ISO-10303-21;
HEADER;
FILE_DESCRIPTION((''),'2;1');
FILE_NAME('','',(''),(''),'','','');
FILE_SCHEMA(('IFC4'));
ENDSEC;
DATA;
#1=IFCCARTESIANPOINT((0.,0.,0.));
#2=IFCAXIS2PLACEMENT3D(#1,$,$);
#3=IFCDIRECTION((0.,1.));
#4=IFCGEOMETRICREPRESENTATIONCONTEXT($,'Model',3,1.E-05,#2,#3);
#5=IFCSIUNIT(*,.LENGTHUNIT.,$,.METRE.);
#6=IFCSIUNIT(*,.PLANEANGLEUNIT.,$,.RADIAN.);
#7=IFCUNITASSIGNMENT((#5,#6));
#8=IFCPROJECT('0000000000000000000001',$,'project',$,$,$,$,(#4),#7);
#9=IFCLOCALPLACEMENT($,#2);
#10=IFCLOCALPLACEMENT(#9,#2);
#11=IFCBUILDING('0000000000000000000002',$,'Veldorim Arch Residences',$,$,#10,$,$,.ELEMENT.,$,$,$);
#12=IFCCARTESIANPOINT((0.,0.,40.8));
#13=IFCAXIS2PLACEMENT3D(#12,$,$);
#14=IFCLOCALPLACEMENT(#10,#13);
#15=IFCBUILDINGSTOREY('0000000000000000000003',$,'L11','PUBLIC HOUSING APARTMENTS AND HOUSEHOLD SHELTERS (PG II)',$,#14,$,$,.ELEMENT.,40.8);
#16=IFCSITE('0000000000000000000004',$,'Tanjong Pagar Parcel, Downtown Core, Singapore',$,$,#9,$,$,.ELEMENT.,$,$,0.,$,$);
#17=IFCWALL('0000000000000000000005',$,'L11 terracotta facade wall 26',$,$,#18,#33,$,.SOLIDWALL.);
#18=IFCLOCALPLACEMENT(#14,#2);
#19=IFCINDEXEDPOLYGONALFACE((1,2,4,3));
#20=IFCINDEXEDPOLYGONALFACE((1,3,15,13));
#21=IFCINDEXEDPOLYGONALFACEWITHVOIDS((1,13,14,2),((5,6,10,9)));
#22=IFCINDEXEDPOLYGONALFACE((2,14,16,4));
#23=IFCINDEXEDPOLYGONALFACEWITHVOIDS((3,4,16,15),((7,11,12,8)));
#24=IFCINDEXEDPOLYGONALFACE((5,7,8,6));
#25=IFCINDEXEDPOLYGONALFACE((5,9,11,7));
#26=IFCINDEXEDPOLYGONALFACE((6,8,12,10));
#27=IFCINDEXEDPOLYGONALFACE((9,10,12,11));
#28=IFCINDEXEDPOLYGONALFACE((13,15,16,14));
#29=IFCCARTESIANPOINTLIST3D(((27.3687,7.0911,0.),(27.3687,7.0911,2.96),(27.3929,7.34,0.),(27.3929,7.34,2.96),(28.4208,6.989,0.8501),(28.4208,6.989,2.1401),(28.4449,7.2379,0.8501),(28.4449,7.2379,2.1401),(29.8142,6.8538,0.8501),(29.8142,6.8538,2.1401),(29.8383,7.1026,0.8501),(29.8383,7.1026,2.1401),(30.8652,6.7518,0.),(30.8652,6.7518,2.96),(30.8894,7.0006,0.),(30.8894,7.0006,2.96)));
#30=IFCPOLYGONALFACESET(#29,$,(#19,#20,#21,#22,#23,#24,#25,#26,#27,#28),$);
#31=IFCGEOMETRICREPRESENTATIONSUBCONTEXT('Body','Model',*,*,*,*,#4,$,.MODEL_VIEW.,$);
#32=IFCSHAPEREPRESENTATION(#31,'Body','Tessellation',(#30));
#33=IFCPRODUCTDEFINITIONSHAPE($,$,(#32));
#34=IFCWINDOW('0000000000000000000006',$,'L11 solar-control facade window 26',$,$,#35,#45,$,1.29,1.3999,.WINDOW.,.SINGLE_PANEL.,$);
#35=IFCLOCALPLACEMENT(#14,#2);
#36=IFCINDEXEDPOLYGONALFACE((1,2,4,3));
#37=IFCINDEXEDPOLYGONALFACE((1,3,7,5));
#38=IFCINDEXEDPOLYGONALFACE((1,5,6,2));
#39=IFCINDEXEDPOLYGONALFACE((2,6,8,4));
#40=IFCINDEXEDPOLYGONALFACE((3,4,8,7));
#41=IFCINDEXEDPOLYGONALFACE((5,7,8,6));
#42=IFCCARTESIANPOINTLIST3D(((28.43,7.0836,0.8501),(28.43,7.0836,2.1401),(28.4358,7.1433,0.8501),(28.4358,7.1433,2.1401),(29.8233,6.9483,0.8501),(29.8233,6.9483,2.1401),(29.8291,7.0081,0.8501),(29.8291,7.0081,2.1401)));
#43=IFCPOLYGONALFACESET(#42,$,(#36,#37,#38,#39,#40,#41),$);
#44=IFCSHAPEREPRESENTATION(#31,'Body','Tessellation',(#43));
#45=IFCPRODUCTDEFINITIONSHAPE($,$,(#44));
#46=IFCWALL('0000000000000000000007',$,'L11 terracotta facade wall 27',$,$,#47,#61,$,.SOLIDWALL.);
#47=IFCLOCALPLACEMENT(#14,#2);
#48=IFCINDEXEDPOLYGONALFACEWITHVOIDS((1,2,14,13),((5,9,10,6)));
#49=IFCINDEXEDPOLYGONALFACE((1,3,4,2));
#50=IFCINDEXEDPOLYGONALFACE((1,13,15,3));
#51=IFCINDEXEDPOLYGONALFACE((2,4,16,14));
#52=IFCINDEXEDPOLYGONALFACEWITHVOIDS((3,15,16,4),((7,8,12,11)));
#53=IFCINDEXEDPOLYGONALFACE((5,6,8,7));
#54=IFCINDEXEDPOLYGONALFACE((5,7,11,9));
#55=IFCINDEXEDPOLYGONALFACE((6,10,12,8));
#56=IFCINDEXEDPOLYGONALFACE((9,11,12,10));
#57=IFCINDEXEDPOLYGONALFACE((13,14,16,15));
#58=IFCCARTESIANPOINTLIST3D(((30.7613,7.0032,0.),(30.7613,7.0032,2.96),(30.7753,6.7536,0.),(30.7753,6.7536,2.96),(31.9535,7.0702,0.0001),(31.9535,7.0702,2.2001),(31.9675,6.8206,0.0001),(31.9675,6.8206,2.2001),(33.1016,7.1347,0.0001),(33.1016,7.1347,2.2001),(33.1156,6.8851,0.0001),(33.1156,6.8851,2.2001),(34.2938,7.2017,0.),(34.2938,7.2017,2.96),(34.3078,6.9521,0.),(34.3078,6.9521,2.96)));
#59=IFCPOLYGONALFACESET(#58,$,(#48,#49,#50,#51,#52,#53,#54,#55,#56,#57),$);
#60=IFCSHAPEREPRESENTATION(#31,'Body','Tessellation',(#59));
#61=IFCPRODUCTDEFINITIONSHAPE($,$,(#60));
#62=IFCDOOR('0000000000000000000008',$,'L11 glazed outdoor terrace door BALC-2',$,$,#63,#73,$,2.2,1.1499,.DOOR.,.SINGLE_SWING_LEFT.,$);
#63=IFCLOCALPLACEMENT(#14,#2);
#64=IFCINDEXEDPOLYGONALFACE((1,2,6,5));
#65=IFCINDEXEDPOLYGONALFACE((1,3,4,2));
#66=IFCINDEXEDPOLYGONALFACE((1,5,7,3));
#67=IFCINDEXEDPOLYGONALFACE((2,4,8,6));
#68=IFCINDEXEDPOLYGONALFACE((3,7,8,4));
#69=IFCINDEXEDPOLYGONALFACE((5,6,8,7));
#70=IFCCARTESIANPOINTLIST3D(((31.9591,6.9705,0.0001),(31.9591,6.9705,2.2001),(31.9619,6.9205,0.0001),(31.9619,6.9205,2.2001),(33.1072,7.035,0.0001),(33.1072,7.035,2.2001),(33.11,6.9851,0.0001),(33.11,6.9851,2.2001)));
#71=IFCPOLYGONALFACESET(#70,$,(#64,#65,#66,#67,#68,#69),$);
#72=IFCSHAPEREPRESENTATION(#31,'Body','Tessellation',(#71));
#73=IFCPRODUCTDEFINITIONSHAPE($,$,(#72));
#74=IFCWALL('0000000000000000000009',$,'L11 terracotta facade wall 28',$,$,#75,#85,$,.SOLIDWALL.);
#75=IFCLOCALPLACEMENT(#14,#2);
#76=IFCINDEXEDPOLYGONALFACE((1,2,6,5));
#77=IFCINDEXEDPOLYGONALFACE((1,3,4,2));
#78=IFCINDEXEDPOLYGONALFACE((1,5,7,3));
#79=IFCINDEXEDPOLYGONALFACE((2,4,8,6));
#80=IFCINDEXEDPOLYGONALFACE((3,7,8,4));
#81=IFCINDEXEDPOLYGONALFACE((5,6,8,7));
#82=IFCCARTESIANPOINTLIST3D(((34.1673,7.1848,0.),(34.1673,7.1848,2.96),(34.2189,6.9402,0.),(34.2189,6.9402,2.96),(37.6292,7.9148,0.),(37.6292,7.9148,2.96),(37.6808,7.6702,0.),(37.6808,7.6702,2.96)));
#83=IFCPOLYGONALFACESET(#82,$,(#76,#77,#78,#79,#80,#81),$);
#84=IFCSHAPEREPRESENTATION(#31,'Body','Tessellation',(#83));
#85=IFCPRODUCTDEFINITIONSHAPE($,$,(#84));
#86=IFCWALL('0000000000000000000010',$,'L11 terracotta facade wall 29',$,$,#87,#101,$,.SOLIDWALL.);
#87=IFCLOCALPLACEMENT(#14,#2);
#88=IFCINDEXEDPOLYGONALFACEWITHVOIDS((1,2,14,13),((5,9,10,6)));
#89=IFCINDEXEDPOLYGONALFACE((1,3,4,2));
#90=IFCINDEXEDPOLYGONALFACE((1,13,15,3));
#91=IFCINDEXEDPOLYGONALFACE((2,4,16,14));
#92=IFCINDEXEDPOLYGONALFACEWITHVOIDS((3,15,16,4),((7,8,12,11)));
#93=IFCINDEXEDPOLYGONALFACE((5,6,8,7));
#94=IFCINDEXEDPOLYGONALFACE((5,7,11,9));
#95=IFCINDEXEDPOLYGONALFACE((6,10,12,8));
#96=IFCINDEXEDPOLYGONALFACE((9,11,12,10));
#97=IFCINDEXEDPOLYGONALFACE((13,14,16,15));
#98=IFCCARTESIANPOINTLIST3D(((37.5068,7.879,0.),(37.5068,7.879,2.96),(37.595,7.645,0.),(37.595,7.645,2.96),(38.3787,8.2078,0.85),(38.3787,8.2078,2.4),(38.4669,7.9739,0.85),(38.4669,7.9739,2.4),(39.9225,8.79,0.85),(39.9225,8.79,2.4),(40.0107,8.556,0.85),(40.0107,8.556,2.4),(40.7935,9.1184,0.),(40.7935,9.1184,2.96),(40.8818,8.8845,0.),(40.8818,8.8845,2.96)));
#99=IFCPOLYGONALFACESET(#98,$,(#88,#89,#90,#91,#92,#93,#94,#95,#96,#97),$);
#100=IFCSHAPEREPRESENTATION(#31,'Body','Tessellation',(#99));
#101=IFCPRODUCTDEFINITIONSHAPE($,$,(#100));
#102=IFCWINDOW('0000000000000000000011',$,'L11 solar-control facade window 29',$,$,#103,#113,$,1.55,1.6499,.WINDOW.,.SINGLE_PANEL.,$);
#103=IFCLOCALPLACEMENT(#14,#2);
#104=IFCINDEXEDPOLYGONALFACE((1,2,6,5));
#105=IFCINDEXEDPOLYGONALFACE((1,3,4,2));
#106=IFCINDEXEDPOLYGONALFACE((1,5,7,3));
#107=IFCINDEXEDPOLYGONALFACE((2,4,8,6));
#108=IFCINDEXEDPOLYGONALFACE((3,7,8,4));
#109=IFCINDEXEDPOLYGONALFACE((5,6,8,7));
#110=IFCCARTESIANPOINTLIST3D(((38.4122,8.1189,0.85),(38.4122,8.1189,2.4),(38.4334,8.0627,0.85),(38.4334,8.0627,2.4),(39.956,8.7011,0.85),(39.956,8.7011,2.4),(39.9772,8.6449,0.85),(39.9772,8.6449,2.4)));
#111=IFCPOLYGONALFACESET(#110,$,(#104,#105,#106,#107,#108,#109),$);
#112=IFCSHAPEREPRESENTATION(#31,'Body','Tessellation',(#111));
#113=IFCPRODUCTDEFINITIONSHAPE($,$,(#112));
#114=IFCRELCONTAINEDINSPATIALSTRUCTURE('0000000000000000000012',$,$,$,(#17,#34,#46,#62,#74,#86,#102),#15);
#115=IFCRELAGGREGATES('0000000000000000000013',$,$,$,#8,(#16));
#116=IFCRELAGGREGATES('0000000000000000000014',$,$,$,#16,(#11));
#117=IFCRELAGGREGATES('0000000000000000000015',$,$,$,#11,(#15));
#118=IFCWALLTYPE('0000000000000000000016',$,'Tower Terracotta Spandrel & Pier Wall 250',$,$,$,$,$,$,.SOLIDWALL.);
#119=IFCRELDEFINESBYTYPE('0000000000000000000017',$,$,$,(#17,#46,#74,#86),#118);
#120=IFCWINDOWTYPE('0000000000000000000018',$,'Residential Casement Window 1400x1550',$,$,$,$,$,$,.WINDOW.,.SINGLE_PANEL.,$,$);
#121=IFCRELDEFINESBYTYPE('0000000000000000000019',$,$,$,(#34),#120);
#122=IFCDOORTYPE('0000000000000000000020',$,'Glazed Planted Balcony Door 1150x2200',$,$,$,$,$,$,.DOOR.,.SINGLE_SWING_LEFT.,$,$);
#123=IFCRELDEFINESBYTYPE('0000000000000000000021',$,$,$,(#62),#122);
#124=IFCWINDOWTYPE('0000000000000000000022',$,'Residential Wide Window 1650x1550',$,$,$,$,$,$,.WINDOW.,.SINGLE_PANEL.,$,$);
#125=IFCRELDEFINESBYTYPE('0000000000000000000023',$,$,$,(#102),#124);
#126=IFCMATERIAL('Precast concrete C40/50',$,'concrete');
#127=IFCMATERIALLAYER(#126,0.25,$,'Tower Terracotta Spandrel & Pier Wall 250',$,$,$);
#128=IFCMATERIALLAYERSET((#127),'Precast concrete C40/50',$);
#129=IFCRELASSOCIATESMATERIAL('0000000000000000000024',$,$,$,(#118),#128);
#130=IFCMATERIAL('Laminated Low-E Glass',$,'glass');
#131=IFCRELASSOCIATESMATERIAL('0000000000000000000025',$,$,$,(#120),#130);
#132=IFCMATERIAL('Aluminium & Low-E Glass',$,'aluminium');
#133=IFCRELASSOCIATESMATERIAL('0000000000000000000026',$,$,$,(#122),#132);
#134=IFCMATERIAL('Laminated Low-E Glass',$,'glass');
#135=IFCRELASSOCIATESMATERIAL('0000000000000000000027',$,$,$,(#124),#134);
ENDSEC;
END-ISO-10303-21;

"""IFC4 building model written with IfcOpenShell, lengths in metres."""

from ifc_helpers import new_model, si_unit, direction, frame, frame_2d, origin, place, context, subcontext, project, spatial, rectangle, extrude, material, layer, layer_set, type_object, element, fill, save


model = new_model("IFC4")

# Units and contexts
model_context = context("Model", 3, precision=1e-05, world=origin(), true_north=direction((0.0, 1.0)))
body_context = subcontext(model_context, "Body", "Model", "MODEL_VIEW")
ifc_project = project(units=[si_unit("LENGTHUNIT", "METRE"), si_unit("PLANEANGLEUNIT", "RADIAN")], contexts=[model_context])

# Site, building, storey
site_placement = place(None, origin())
site = spatial("IfcSite", under=ifc_project, at=site_placement, Name="Tanjong Pagar Parcel, Downtown Core, Singapore", CompositionType="ELEMENT", RefElevation=0.0)
building_placement = place(site_placement, origin())
building = spatial("IfcBuilding", under=site, at=building_placement, Name="Veldorim Arch Residences", CompositionType="ELEMENT")
storey_placement = place(building_placement, frame((0.0, 0.0, 40.8)))
storey = spatial("IfcBuildingStorey", under=building, at=storey_placement, Name="L11", Description="PUBLIC HOUSING APARTMENTS AND HOUSEHOLD SHELTERS (PG II)", CompositionType="ELEMENT", Elevation=40.8)

# Wall, opening, window
ifc_material_1 = material(Name="Precast concrete C40/50", Category="concrete")
ifc_layer_1 = layer(ifc_material_1, 0.25, Name="Tower Terracotta Spandrel & Pier Wall 250")
ifc_layer_set_1 = layer_set([ifc_layer_1], Name="Precast concrete C40/50")
wall_type_1 = type_object("IfcWallType", Name="Tower Terracotta Spandrel & Pier Wall 250", PredefinedType="SOLIDWALL", material=ifc_layer_set_1)
wall_1_placement = place(storey_placement, frame((30.8772, 6.8762, 0.0), z_axis=(0.0, 0.0, 1.0), x_axis=(-0.995323, 0.0966, 0.0)))
wall_1 = element("IfcWall", 1, at=wall_1_placement, inside=storey, type_object=wall_type_1, Name="L11 terracotta facade wall 26", PredefinedType="SOLIDWALL", context=body_context, shape_type="SweptSolid", body=[
    extrude(rectangle(XDim=3.5129, YDim=0.25, at=frame_2d((1.7563, 0.0))), origin(), (0.0, 0.0, 1.0), 2.96),
])
opening_1_placement = place(wall_1_placement, frame((1.0559, 0.0, 0.8501)))
opening_1 = element("IfcOpeningElement", 2, at=opening_1_placement, cuts=wall_1, PredefinedType="OPENING", context=body_context, shape_type="SweptSolid", body=[
    extrude(rectangle(XDim=1.3999, YDim=1.29, at=frame_2d((0.7, 0.645))), frame((0.0, 0.135, 0.0), z_axis=(0.0, -1.0, 0.0), x_axis=(1.0, 0.0, 0.0)), (0.0, 0.0, 1.0), 0.27),
])
ifc_material_2 = material(Name="Laminated Low-E Glass", Category="glass")
window_type_1 = type_object("IfcWindowType", Name="Residential Casement Window 1400x1550", PartitioningType="SINGLE_PANEL", PredefinedType="WINDOW", material=ifc_material_2)
window_1_placement = place(opening_1_placement, origin())
window_1 = element("IfcWindow", 3, at=window_1_placement, inside=storey, type_object=window_type_1, Name="L11 solar-control facade window 26", OverallHeight=1.29, OverallWidth=1.3999, PartitioningType="SINGLE_PANEL", PredefinedType="WINDOW", context=body_context, shape_type="SweptSolid", body=[
    extrude(rectangle(XDim=1.3999, YDim=1.29, at=frame_2d((0.7, 0.645))), frame((0.0, 0.03, 0.0), z_axis=(0.0, -1.0, 0.0), x_axis=(1.0, 0.0, 0.0)), (0.0, 0.0, 1.0), 0.0601),
])
fill(opening_1, window_1)

# Wall, opening, door
wall_2_placement = place(storey_placement, frame((34.3008, 7.0769, 0.0), z_axis=(0.0, 0.0, 1.0), x_axis=(-0.998425, -0.056101, 0.0)))
wall_2 = element("IfcWall", 4, at=wall_2_placement, inside=storey, type_object=wall_type_1, Name="L11 terracotta facade wall 27", PredefinedType="SOLIDWALL", context=body_context, shape_type="SweptSolid", body=[
    extrude(rectangle(XDim=3.5381, YDim=0.25, at=frame_2d((1.769, 0.0))), origin(), (0.0, 0.0, 1.0), 2.96),
])
opening_2_placement = place(wall_2_placement, frame((1.1941, 0.0, 0.0)))
opening_2 = element("IfcOpeningElement", 5, at=opening_2_placement, cuts=wall_2, PredefinedType="OPENING", context=body_context, shape_type="SweptSolid", body=[
    extrude(rectangle(XDim=1.1499, YDim=2.2, at=frame_2d((0.575, 1.1001))), frame((0.0, 0.135, 0.0), z_axis=(0.0, -1.0, 0.0), x_axis=(1.0, 0.0, 0.0)), (0.0, 0.0, 1.0), 0.27),
])
ifc_material_3 = material(Name="Aluminium & Low-E Glass", Category="aluminium")
door_type = type_object("IfcDoorType", Name="Glazed Planted Balcony Door 1150x2200", OperationType="SINGLE_SWING_LEFT", PredefinedType="DOOR", material=ifc_material_3)
door_placement = place(opening_2_placement, origin())
door = element("IfcDoor", 6, at=door_placement, inside=storey, type_object=door_type, Name="L11 glazed outdoor terrace door BALC-2", OperationType="SINGLE_SWING_LEFT", OverallHeight=2.2, OverallWidth=1.1499, PredefinedType="DOOR", context=body_context, shape_type="SweptSolid", body=[
    extrude(rectangle(XDim=1.1499, YDim=2.2, at=frame_2d((0.575, 1.1001))), frame((0.0, 0.0249, 0.0), z_axis=(0.0, -1.0, 0.0), x_axis=(1.0, 0.0, 0.0)), (0.0, 0.0, 1.0), 0.05),
])
fill(opening_2, door)

# Wall
wall_3_placement = place(storey_placement, frame((37.655, 7.7925, 0.0), z_axis=(0.0, 0.0, 1.0), x_axis=(-0.978484, -0.206323, 0.0)))
element("IfcWall", 7, at=wall_3_placement, inside=storey, type_object=wall_type_1, Name="L11 terracotta facade wall 28", PredefinedType="SOLIDWALL", context=body_context, shape_type="SweptSolid", body=[
    extrude(rectangle(XDim=3.5381, YDim=0.25, at=frame_2d((1.769, 0.0))), origin(), (0.0, 0.0, 1.0), 2.96),
])

# Wall, opening, window
wall_4_placement = place(storey_placement, frame((40.8376, 9.0015, 0.0), z_axis=(0.0, 0.0, 1.0), x_axis=(-0.935679, -0.352852, 0.0)))
wall_4 = element("IfcWall", 8, at=wall_4_placement, inside=storey, type_object=wall_type_1, Name="L11 terracotta facade wall 29", PredefinedType="SOLIDWALL", context=body_context, shape_type="SweptSolid", body=[
    extrude(rectangle(XDim=3.5127, YDim=0.25, at=frame_2d((1.7563, 0.0))), origin(), (0.0, 0.0, 1.0), 2.96),
])
opening_3_placement = place(wall_4_placement, frame((0.9309, 0.0, 0.8501)))
opening_3 = element("IfcOpeningElement", 9, at=opening_3_placement, cuts=wall_4, PredefinedType="OPENING", context=body_context, shape_type="SweptSolid", body=[
    extrude(rectangle(XDim=1.6499, YDim=1.55, at=frame_2d((0.825, 0.7749))), frame((0.0, 0.135, 0.0), z_axis=(0.0, -1.0, 0.0), x_axis=(1.0, 0.0, 0.0)), (0.0, 0.0, 1.0), 0.27),
])
ifc_material_4 = material(Name="Laminated Low-E Glass", Category="glass")
window_type_2 = type_object("IfcWindowType", Name="Residential Wide Window 1650x1550", PartitioningType="SINGLE_PANEL", PredefinedType="WINDOW", material=ifc_material_4)
window_2_placement = place(opening_3_placement, origin())
window_2 = element("IfcWindow", 10, at=window_2_placement, inside=storey, type_object=window_type_2, Name="L11 solar-control facade window 29", OverallHeight=1.55, OverallWidth=1.6499, PartitioningType="SINGLE_PANEL", PredefinedType="WINDOW", context=body_context, shape_type="SweptSolid", body=[
    extrude(rectangle(XDim=1.6499, YDim=1.55, at=frame_2d((0.825, 0.7749))), frame((0.0, 0.03, 0.0), z_axis=(0.0, -1.0, 0.0), x_axis=(1.0, 0.0, 0.0)), (0.0, 0.0, 1.0), 0.0601),
])
fill(opening_3, window_2)

save(model, "model.ifc")
